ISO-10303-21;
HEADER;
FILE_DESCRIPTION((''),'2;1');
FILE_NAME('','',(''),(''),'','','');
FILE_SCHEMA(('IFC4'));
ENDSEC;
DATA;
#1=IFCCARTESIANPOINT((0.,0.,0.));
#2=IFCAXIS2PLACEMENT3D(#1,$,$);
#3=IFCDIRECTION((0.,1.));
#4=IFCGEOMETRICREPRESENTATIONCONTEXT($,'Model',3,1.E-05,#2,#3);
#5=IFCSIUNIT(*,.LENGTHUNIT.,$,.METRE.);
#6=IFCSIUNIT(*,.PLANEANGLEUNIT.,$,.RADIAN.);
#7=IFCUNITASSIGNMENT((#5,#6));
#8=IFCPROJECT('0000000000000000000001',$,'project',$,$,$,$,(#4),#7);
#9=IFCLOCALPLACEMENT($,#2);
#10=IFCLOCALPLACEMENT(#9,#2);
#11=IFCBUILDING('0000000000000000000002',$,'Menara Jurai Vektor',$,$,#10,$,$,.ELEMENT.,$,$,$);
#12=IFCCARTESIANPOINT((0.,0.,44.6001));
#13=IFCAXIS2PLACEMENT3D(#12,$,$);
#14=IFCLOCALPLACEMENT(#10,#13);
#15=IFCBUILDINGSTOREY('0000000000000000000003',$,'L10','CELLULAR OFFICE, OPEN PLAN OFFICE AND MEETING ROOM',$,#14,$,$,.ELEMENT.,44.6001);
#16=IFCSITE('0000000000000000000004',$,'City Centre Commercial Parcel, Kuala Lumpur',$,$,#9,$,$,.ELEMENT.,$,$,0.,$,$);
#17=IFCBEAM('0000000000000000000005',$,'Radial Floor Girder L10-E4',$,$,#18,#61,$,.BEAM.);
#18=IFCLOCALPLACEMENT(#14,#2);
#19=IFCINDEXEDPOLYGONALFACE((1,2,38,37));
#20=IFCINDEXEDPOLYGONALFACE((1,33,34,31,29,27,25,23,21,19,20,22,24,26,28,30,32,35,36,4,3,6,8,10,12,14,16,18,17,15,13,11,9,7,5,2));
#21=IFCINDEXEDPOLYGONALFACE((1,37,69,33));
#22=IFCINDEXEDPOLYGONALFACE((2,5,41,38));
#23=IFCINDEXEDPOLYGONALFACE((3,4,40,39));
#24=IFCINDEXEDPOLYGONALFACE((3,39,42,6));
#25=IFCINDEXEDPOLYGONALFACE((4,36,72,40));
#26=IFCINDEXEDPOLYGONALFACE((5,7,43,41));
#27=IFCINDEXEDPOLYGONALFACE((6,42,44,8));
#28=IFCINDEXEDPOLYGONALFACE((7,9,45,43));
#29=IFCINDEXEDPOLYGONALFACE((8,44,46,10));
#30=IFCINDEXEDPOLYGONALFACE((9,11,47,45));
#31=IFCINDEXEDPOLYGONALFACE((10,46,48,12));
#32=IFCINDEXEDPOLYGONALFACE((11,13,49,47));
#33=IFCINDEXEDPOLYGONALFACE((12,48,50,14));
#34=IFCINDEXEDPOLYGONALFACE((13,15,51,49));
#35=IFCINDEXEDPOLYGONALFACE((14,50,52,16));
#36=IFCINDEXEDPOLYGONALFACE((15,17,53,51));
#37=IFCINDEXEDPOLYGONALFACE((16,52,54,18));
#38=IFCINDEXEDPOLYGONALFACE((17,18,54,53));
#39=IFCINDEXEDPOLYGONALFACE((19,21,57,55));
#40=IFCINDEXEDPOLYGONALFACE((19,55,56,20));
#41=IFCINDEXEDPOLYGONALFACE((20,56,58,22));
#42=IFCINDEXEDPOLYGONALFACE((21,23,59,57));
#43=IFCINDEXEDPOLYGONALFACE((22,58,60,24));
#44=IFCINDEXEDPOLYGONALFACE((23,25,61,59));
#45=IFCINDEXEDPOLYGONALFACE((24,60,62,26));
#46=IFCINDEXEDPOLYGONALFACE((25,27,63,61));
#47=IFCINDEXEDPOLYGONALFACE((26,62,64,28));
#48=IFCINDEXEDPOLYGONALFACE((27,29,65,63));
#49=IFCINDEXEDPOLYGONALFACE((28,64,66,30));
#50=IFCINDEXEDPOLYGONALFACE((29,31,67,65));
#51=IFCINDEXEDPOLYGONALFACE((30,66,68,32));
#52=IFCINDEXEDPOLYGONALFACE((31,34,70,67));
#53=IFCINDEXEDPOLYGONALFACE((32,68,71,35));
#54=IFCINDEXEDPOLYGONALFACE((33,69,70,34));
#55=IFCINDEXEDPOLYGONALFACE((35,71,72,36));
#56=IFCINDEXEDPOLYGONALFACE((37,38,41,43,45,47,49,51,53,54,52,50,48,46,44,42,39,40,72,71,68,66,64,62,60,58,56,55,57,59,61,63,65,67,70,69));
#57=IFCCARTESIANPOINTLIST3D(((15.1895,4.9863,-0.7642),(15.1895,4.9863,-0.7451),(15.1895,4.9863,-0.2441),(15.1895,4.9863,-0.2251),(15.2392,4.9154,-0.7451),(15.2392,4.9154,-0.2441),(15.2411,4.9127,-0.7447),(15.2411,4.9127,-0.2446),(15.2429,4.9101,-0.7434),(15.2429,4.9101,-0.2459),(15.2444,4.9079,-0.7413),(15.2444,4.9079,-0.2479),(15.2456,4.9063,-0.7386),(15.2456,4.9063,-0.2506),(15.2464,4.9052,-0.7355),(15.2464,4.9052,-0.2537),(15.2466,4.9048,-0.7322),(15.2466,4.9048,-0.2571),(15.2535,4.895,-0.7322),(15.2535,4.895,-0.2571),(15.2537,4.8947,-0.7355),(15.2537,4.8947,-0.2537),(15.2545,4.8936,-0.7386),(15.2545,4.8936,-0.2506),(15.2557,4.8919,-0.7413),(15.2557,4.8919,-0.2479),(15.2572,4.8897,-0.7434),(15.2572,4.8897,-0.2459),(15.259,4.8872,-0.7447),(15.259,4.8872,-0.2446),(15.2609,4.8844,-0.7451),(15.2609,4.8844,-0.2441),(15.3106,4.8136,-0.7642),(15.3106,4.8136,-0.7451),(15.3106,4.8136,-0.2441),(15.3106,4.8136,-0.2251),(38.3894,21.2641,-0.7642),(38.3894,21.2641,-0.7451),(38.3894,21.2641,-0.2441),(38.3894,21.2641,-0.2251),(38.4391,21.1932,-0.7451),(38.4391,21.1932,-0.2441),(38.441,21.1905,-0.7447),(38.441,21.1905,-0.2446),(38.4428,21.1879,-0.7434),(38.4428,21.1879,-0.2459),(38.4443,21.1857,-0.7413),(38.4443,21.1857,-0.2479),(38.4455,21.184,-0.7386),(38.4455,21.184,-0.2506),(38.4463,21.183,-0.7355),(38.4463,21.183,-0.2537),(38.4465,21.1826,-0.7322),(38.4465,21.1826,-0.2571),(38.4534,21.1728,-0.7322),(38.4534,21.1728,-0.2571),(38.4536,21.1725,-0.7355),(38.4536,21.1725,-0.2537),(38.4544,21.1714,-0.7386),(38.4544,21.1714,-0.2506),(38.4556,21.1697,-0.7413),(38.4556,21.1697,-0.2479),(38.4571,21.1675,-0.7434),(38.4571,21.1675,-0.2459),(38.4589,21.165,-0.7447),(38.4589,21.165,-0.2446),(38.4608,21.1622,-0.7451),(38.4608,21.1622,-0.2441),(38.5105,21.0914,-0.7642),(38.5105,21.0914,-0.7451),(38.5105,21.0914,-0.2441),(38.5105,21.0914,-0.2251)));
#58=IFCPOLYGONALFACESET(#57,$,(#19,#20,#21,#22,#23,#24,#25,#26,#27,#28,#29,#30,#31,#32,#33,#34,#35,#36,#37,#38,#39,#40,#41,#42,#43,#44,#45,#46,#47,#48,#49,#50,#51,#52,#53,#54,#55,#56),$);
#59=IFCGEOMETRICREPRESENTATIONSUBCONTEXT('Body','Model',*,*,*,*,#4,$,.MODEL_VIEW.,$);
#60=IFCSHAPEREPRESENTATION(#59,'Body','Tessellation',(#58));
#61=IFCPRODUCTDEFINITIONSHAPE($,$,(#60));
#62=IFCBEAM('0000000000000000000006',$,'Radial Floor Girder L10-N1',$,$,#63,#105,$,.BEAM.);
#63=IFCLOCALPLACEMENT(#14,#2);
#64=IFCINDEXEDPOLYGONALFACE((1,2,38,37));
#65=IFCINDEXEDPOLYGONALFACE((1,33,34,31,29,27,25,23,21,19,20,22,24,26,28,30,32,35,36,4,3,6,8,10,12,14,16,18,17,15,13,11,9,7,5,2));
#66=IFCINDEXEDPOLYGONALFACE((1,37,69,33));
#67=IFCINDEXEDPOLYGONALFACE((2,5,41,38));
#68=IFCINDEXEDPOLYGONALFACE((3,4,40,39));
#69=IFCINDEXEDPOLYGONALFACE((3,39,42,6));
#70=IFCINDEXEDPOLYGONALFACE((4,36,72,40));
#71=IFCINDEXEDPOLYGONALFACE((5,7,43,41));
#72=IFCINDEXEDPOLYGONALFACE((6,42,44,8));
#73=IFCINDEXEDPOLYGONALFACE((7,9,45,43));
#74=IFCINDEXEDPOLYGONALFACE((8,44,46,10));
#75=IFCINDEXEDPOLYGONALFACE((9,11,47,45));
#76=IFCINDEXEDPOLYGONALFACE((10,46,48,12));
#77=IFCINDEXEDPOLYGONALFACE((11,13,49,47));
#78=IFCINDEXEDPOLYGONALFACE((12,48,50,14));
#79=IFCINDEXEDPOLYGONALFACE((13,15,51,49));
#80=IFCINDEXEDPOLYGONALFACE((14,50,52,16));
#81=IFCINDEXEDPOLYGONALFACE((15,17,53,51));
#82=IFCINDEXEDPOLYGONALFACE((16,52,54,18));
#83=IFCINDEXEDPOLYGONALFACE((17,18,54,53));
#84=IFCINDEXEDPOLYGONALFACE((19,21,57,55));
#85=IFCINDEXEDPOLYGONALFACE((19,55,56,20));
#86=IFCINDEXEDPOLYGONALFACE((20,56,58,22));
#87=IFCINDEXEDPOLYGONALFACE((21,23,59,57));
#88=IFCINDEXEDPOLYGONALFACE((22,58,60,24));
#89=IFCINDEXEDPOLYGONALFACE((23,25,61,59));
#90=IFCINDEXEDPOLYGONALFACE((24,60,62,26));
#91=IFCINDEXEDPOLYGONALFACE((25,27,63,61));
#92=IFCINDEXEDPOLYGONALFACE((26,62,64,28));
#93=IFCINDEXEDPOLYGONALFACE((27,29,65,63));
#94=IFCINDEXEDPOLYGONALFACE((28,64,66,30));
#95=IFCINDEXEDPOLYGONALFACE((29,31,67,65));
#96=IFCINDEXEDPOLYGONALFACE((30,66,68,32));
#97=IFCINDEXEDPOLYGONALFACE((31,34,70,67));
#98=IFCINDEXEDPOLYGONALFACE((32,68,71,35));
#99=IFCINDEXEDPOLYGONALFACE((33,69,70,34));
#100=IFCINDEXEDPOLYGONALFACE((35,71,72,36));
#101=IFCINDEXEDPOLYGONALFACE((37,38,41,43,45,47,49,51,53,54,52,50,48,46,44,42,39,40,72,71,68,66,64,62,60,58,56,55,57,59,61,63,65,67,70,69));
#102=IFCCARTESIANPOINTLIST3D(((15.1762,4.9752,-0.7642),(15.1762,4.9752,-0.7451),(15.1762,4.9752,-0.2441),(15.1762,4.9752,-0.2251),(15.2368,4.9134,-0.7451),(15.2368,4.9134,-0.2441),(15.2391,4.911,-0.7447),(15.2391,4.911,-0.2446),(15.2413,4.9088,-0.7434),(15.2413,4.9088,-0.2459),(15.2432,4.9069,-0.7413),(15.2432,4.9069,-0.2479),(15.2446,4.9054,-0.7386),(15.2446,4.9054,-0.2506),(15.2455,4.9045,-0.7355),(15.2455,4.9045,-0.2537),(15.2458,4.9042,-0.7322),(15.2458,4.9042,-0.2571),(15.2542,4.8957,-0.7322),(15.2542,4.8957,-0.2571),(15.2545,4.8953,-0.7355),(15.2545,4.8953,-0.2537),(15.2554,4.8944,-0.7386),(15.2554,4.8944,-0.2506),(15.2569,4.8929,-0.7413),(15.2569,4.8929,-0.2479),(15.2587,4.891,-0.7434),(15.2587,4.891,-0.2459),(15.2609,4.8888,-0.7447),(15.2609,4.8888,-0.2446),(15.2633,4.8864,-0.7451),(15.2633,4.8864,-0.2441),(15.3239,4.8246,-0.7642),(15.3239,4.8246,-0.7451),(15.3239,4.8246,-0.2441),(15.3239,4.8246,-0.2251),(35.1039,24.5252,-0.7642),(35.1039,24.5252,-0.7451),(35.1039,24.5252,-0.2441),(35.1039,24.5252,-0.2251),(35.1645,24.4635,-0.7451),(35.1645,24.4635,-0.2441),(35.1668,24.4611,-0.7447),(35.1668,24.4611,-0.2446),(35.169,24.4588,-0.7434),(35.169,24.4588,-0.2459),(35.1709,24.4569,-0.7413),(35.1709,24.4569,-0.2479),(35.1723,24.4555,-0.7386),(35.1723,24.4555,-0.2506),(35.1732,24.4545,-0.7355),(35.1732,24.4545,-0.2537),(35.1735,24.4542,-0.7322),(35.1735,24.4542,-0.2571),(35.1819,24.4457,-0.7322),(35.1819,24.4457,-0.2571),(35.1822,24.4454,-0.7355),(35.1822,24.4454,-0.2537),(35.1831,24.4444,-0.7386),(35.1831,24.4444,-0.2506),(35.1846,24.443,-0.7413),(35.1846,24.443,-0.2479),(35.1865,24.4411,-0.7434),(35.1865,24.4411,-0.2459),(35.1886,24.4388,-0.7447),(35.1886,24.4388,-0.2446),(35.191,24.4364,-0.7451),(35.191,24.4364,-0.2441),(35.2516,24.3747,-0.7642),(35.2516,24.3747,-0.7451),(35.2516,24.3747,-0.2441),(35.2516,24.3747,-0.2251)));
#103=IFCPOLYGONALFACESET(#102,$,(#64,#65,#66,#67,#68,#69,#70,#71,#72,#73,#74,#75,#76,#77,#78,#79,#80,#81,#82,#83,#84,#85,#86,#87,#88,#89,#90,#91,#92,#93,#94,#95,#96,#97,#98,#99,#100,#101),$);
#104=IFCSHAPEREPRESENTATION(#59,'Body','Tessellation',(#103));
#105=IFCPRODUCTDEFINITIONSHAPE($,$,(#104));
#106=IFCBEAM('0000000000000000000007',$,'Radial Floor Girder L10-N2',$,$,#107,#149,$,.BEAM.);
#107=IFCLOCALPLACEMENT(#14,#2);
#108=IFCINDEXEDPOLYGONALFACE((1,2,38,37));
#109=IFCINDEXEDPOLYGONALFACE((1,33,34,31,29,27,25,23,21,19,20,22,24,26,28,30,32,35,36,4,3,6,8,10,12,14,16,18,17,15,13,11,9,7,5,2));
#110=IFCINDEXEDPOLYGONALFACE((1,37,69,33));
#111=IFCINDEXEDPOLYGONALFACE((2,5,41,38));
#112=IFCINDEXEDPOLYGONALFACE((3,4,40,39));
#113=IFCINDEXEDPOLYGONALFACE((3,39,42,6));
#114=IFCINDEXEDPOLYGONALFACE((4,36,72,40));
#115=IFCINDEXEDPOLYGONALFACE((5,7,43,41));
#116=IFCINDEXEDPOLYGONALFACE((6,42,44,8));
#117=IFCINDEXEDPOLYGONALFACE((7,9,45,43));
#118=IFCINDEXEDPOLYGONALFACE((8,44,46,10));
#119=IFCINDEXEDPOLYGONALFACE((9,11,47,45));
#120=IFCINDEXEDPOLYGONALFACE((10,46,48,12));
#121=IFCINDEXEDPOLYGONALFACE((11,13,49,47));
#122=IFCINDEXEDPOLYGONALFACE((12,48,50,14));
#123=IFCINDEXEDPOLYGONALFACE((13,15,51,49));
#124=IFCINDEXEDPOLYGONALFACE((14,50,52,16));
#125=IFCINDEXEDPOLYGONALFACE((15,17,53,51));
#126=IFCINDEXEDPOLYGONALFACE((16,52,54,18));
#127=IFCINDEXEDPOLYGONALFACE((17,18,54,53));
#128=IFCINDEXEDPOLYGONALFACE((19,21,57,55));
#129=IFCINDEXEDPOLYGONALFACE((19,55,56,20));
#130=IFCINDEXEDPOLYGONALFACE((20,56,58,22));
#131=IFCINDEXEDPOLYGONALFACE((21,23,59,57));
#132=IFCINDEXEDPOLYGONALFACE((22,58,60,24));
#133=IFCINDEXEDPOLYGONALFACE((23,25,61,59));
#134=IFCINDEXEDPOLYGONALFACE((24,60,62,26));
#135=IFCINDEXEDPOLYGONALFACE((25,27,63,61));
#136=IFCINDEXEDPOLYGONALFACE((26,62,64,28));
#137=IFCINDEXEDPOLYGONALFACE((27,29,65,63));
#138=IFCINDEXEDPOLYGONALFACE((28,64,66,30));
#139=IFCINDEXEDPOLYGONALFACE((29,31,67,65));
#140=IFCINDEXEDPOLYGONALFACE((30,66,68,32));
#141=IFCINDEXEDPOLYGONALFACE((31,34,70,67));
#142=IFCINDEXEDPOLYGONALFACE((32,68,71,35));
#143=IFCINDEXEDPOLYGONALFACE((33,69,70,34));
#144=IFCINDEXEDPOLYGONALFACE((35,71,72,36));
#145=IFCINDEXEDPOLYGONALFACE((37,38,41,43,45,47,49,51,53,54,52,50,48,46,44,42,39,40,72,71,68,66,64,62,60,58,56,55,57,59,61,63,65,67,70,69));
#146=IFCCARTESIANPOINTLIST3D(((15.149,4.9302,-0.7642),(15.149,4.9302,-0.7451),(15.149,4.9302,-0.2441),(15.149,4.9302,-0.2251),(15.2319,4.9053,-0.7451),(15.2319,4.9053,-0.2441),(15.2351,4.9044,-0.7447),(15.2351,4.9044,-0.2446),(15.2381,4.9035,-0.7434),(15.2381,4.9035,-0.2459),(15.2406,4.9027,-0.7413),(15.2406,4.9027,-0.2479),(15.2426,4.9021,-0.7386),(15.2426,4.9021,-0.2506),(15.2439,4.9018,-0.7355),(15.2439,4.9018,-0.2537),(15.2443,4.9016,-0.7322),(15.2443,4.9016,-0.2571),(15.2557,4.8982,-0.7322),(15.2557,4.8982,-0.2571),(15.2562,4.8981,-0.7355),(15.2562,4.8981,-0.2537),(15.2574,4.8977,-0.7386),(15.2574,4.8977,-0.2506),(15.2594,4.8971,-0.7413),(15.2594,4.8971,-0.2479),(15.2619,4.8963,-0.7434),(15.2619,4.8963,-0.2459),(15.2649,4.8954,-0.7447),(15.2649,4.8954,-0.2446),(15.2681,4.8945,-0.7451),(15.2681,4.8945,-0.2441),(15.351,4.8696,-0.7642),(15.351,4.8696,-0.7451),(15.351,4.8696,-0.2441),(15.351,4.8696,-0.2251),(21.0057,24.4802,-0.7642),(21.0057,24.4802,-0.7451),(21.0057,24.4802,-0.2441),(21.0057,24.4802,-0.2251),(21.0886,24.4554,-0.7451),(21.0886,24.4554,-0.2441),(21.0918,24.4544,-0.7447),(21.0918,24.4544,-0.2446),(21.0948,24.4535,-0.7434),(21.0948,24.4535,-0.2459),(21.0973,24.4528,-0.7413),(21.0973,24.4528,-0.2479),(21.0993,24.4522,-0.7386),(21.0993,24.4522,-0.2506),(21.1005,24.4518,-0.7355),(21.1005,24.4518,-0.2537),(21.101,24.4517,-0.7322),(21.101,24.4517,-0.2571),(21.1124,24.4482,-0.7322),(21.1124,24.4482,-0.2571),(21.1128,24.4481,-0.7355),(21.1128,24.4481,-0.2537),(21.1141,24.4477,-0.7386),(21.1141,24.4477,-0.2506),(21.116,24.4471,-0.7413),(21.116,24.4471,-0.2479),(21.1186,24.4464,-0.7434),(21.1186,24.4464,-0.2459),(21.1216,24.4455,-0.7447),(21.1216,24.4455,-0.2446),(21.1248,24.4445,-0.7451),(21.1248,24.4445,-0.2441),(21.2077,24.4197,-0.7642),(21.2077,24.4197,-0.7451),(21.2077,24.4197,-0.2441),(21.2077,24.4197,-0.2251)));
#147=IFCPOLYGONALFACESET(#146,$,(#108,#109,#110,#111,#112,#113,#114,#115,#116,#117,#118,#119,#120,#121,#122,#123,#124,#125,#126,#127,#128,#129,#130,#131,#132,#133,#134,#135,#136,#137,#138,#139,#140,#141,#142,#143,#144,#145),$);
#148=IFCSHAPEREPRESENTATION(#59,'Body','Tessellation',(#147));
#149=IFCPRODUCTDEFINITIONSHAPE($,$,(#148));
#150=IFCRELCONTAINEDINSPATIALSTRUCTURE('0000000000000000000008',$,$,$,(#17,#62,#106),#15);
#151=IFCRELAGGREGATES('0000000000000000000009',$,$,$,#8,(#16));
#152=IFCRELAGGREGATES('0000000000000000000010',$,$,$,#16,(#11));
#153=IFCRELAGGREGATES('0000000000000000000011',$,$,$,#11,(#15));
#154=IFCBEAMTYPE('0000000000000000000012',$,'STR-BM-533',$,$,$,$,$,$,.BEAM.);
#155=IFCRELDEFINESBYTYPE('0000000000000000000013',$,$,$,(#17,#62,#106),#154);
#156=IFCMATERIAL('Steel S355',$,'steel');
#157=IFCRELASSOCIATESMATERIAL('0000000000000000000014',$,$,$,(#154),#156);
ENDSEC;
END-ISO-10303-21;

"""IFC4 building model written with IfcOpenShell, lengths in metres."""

from ifc_helpers import new_model, si_unit, direction, frame, origin, origin_2d, place, context, subcontext, project, spatial, i_section, extrude, material, material_profile, profile_set, type_object, element, save


model = new_model("IFC4")

# Units and contexts
model_context = context("Model", 3, precision=1e-05, world=origin(), true_north=direction((0.0, 1.0)))
body_context = subcontext(model_context, "Body", "Model", "MODEL_VIEW")
ifc_project = project(units=[si_unit("LENGTHUNIT", "METRE"), si_unit("PLANEANGLEUNIT", "RADIAN")], contexts=[model_context])

# Site, building, storey
site_placement = place(None, origin())
site = spatial("IfcSite", under=ifc_project, at=site_placement, Name="City Centre Commercial Parcel, Kuala Lumpur", CompositionType="ELEMENT", RefElevation=0.0)
building_placement = place(site_placement, origin())
building = spatial("IfcBuilding", under=site, at=building_placement, Name="Menara Jurai Vektor", CompositionType="ELEMENT")
storey_placement = place(building_placement, frame((0.0, 0.0, 44.6001)))
storey = spatial("IfcBuildingStorey", under=building, at=storey_placement, Name="L10", Description="CELLULAR OFFICE, OPEN PLAN OFFICE AND MEETING ROOM", CompositionType="ELEMENT", Elevation=44.6001)

# Beams
ifc_material_1 = material(Name="Steel S355", Category="steel")
ifc_material_profile_1 = material_profile(ifc_material_1, i_section(OverallWidth=0.2109, OverallDepth=0.5391, WebThickness=0.012, FlangeThickness=0.019, FilletRadius=0.0129, at=origin_2d()), Name="UKB 533x210x109")
ifc_profile_set_1 = profile_set([ifc_material_profile_1], Name="Steel S355")
beam_type_1 = type_object("IfcBeamType", Name="STR-BM-533", PredefinedType="BEAM", material=ifc_profile_set_1)
beam_1_placement = place(storey_placement, frame((38.45, 21.1777, -0.4946), z_axis=(-0.818604, -0.574359, 0.0), x_axis=(0.574359, -0.818604, 0.0)))
element("IfcBeam", 1, at=beam_1_placement, inside=storey, type_object=beam_type_1, Name="Radial Floor Girder L10-E4", PredefinedType="BEAM", context=body_context, shape_type="SweptSolid", body=[
    extrude(i_section(OverallWidth=0.2109, OverallDepth=0.5391, WebThickness=0.012, FlangeThickness=0.019, FilletRadius=0.0129, at=origin_2d()), origin(), (0.0, 0.0, 1.0), 28.3408),
])
beam_2_placement = place(storey_placement, frame((35.1777, 24.45, -0.4946), z_axis=(-0.713839, -0.70031, 0.0), x_axis=(0.70031, -0.713839, 0.0)))
element("IfcBeam", 2, at=beam_2_placement, inside=storey, type_object=beam_type_1, Name="Radial Floor Girder L10-N1", PredefinedType="BEAM", context=body_context, shape_type="SweptSolid", body=[
    extrude(i_section(OverallWidth=0.2109, OverallDepth=0.5391, WebThickness=0.012, FlangeThickness=0.019, FilletRadius=0.0129, at=origin_2d()), origin(), (0.0, 0.0, 1.0), 27.9163),
])
beam_3_placement = place(storey_placement, frame((21.1067, 24.45, -0.4946), z_axis=(-0.286974, -0.957938, 0.0), x_axis=(0.957938, -0.286974, 0.0)))
element("IfcBeam", 3, at=beam_3_placement, inside=storey, type_object=beam_type_1, Name="Radial Floor Girder L10-N2", PredefinedType="BEAM", context=body_context, shape_type="SweptSolid", body=[
    extrude(i_section(OverallWidth=0.2109, OverallDepth=0.5391, WebThickness=0.012, FlangeThickness=0.019, FilletRadius=0.0129, at=origin_2d()), origin(), (0.0, 0.0, 1.0), 20.4084),
])

save(model, "model.ifc")
